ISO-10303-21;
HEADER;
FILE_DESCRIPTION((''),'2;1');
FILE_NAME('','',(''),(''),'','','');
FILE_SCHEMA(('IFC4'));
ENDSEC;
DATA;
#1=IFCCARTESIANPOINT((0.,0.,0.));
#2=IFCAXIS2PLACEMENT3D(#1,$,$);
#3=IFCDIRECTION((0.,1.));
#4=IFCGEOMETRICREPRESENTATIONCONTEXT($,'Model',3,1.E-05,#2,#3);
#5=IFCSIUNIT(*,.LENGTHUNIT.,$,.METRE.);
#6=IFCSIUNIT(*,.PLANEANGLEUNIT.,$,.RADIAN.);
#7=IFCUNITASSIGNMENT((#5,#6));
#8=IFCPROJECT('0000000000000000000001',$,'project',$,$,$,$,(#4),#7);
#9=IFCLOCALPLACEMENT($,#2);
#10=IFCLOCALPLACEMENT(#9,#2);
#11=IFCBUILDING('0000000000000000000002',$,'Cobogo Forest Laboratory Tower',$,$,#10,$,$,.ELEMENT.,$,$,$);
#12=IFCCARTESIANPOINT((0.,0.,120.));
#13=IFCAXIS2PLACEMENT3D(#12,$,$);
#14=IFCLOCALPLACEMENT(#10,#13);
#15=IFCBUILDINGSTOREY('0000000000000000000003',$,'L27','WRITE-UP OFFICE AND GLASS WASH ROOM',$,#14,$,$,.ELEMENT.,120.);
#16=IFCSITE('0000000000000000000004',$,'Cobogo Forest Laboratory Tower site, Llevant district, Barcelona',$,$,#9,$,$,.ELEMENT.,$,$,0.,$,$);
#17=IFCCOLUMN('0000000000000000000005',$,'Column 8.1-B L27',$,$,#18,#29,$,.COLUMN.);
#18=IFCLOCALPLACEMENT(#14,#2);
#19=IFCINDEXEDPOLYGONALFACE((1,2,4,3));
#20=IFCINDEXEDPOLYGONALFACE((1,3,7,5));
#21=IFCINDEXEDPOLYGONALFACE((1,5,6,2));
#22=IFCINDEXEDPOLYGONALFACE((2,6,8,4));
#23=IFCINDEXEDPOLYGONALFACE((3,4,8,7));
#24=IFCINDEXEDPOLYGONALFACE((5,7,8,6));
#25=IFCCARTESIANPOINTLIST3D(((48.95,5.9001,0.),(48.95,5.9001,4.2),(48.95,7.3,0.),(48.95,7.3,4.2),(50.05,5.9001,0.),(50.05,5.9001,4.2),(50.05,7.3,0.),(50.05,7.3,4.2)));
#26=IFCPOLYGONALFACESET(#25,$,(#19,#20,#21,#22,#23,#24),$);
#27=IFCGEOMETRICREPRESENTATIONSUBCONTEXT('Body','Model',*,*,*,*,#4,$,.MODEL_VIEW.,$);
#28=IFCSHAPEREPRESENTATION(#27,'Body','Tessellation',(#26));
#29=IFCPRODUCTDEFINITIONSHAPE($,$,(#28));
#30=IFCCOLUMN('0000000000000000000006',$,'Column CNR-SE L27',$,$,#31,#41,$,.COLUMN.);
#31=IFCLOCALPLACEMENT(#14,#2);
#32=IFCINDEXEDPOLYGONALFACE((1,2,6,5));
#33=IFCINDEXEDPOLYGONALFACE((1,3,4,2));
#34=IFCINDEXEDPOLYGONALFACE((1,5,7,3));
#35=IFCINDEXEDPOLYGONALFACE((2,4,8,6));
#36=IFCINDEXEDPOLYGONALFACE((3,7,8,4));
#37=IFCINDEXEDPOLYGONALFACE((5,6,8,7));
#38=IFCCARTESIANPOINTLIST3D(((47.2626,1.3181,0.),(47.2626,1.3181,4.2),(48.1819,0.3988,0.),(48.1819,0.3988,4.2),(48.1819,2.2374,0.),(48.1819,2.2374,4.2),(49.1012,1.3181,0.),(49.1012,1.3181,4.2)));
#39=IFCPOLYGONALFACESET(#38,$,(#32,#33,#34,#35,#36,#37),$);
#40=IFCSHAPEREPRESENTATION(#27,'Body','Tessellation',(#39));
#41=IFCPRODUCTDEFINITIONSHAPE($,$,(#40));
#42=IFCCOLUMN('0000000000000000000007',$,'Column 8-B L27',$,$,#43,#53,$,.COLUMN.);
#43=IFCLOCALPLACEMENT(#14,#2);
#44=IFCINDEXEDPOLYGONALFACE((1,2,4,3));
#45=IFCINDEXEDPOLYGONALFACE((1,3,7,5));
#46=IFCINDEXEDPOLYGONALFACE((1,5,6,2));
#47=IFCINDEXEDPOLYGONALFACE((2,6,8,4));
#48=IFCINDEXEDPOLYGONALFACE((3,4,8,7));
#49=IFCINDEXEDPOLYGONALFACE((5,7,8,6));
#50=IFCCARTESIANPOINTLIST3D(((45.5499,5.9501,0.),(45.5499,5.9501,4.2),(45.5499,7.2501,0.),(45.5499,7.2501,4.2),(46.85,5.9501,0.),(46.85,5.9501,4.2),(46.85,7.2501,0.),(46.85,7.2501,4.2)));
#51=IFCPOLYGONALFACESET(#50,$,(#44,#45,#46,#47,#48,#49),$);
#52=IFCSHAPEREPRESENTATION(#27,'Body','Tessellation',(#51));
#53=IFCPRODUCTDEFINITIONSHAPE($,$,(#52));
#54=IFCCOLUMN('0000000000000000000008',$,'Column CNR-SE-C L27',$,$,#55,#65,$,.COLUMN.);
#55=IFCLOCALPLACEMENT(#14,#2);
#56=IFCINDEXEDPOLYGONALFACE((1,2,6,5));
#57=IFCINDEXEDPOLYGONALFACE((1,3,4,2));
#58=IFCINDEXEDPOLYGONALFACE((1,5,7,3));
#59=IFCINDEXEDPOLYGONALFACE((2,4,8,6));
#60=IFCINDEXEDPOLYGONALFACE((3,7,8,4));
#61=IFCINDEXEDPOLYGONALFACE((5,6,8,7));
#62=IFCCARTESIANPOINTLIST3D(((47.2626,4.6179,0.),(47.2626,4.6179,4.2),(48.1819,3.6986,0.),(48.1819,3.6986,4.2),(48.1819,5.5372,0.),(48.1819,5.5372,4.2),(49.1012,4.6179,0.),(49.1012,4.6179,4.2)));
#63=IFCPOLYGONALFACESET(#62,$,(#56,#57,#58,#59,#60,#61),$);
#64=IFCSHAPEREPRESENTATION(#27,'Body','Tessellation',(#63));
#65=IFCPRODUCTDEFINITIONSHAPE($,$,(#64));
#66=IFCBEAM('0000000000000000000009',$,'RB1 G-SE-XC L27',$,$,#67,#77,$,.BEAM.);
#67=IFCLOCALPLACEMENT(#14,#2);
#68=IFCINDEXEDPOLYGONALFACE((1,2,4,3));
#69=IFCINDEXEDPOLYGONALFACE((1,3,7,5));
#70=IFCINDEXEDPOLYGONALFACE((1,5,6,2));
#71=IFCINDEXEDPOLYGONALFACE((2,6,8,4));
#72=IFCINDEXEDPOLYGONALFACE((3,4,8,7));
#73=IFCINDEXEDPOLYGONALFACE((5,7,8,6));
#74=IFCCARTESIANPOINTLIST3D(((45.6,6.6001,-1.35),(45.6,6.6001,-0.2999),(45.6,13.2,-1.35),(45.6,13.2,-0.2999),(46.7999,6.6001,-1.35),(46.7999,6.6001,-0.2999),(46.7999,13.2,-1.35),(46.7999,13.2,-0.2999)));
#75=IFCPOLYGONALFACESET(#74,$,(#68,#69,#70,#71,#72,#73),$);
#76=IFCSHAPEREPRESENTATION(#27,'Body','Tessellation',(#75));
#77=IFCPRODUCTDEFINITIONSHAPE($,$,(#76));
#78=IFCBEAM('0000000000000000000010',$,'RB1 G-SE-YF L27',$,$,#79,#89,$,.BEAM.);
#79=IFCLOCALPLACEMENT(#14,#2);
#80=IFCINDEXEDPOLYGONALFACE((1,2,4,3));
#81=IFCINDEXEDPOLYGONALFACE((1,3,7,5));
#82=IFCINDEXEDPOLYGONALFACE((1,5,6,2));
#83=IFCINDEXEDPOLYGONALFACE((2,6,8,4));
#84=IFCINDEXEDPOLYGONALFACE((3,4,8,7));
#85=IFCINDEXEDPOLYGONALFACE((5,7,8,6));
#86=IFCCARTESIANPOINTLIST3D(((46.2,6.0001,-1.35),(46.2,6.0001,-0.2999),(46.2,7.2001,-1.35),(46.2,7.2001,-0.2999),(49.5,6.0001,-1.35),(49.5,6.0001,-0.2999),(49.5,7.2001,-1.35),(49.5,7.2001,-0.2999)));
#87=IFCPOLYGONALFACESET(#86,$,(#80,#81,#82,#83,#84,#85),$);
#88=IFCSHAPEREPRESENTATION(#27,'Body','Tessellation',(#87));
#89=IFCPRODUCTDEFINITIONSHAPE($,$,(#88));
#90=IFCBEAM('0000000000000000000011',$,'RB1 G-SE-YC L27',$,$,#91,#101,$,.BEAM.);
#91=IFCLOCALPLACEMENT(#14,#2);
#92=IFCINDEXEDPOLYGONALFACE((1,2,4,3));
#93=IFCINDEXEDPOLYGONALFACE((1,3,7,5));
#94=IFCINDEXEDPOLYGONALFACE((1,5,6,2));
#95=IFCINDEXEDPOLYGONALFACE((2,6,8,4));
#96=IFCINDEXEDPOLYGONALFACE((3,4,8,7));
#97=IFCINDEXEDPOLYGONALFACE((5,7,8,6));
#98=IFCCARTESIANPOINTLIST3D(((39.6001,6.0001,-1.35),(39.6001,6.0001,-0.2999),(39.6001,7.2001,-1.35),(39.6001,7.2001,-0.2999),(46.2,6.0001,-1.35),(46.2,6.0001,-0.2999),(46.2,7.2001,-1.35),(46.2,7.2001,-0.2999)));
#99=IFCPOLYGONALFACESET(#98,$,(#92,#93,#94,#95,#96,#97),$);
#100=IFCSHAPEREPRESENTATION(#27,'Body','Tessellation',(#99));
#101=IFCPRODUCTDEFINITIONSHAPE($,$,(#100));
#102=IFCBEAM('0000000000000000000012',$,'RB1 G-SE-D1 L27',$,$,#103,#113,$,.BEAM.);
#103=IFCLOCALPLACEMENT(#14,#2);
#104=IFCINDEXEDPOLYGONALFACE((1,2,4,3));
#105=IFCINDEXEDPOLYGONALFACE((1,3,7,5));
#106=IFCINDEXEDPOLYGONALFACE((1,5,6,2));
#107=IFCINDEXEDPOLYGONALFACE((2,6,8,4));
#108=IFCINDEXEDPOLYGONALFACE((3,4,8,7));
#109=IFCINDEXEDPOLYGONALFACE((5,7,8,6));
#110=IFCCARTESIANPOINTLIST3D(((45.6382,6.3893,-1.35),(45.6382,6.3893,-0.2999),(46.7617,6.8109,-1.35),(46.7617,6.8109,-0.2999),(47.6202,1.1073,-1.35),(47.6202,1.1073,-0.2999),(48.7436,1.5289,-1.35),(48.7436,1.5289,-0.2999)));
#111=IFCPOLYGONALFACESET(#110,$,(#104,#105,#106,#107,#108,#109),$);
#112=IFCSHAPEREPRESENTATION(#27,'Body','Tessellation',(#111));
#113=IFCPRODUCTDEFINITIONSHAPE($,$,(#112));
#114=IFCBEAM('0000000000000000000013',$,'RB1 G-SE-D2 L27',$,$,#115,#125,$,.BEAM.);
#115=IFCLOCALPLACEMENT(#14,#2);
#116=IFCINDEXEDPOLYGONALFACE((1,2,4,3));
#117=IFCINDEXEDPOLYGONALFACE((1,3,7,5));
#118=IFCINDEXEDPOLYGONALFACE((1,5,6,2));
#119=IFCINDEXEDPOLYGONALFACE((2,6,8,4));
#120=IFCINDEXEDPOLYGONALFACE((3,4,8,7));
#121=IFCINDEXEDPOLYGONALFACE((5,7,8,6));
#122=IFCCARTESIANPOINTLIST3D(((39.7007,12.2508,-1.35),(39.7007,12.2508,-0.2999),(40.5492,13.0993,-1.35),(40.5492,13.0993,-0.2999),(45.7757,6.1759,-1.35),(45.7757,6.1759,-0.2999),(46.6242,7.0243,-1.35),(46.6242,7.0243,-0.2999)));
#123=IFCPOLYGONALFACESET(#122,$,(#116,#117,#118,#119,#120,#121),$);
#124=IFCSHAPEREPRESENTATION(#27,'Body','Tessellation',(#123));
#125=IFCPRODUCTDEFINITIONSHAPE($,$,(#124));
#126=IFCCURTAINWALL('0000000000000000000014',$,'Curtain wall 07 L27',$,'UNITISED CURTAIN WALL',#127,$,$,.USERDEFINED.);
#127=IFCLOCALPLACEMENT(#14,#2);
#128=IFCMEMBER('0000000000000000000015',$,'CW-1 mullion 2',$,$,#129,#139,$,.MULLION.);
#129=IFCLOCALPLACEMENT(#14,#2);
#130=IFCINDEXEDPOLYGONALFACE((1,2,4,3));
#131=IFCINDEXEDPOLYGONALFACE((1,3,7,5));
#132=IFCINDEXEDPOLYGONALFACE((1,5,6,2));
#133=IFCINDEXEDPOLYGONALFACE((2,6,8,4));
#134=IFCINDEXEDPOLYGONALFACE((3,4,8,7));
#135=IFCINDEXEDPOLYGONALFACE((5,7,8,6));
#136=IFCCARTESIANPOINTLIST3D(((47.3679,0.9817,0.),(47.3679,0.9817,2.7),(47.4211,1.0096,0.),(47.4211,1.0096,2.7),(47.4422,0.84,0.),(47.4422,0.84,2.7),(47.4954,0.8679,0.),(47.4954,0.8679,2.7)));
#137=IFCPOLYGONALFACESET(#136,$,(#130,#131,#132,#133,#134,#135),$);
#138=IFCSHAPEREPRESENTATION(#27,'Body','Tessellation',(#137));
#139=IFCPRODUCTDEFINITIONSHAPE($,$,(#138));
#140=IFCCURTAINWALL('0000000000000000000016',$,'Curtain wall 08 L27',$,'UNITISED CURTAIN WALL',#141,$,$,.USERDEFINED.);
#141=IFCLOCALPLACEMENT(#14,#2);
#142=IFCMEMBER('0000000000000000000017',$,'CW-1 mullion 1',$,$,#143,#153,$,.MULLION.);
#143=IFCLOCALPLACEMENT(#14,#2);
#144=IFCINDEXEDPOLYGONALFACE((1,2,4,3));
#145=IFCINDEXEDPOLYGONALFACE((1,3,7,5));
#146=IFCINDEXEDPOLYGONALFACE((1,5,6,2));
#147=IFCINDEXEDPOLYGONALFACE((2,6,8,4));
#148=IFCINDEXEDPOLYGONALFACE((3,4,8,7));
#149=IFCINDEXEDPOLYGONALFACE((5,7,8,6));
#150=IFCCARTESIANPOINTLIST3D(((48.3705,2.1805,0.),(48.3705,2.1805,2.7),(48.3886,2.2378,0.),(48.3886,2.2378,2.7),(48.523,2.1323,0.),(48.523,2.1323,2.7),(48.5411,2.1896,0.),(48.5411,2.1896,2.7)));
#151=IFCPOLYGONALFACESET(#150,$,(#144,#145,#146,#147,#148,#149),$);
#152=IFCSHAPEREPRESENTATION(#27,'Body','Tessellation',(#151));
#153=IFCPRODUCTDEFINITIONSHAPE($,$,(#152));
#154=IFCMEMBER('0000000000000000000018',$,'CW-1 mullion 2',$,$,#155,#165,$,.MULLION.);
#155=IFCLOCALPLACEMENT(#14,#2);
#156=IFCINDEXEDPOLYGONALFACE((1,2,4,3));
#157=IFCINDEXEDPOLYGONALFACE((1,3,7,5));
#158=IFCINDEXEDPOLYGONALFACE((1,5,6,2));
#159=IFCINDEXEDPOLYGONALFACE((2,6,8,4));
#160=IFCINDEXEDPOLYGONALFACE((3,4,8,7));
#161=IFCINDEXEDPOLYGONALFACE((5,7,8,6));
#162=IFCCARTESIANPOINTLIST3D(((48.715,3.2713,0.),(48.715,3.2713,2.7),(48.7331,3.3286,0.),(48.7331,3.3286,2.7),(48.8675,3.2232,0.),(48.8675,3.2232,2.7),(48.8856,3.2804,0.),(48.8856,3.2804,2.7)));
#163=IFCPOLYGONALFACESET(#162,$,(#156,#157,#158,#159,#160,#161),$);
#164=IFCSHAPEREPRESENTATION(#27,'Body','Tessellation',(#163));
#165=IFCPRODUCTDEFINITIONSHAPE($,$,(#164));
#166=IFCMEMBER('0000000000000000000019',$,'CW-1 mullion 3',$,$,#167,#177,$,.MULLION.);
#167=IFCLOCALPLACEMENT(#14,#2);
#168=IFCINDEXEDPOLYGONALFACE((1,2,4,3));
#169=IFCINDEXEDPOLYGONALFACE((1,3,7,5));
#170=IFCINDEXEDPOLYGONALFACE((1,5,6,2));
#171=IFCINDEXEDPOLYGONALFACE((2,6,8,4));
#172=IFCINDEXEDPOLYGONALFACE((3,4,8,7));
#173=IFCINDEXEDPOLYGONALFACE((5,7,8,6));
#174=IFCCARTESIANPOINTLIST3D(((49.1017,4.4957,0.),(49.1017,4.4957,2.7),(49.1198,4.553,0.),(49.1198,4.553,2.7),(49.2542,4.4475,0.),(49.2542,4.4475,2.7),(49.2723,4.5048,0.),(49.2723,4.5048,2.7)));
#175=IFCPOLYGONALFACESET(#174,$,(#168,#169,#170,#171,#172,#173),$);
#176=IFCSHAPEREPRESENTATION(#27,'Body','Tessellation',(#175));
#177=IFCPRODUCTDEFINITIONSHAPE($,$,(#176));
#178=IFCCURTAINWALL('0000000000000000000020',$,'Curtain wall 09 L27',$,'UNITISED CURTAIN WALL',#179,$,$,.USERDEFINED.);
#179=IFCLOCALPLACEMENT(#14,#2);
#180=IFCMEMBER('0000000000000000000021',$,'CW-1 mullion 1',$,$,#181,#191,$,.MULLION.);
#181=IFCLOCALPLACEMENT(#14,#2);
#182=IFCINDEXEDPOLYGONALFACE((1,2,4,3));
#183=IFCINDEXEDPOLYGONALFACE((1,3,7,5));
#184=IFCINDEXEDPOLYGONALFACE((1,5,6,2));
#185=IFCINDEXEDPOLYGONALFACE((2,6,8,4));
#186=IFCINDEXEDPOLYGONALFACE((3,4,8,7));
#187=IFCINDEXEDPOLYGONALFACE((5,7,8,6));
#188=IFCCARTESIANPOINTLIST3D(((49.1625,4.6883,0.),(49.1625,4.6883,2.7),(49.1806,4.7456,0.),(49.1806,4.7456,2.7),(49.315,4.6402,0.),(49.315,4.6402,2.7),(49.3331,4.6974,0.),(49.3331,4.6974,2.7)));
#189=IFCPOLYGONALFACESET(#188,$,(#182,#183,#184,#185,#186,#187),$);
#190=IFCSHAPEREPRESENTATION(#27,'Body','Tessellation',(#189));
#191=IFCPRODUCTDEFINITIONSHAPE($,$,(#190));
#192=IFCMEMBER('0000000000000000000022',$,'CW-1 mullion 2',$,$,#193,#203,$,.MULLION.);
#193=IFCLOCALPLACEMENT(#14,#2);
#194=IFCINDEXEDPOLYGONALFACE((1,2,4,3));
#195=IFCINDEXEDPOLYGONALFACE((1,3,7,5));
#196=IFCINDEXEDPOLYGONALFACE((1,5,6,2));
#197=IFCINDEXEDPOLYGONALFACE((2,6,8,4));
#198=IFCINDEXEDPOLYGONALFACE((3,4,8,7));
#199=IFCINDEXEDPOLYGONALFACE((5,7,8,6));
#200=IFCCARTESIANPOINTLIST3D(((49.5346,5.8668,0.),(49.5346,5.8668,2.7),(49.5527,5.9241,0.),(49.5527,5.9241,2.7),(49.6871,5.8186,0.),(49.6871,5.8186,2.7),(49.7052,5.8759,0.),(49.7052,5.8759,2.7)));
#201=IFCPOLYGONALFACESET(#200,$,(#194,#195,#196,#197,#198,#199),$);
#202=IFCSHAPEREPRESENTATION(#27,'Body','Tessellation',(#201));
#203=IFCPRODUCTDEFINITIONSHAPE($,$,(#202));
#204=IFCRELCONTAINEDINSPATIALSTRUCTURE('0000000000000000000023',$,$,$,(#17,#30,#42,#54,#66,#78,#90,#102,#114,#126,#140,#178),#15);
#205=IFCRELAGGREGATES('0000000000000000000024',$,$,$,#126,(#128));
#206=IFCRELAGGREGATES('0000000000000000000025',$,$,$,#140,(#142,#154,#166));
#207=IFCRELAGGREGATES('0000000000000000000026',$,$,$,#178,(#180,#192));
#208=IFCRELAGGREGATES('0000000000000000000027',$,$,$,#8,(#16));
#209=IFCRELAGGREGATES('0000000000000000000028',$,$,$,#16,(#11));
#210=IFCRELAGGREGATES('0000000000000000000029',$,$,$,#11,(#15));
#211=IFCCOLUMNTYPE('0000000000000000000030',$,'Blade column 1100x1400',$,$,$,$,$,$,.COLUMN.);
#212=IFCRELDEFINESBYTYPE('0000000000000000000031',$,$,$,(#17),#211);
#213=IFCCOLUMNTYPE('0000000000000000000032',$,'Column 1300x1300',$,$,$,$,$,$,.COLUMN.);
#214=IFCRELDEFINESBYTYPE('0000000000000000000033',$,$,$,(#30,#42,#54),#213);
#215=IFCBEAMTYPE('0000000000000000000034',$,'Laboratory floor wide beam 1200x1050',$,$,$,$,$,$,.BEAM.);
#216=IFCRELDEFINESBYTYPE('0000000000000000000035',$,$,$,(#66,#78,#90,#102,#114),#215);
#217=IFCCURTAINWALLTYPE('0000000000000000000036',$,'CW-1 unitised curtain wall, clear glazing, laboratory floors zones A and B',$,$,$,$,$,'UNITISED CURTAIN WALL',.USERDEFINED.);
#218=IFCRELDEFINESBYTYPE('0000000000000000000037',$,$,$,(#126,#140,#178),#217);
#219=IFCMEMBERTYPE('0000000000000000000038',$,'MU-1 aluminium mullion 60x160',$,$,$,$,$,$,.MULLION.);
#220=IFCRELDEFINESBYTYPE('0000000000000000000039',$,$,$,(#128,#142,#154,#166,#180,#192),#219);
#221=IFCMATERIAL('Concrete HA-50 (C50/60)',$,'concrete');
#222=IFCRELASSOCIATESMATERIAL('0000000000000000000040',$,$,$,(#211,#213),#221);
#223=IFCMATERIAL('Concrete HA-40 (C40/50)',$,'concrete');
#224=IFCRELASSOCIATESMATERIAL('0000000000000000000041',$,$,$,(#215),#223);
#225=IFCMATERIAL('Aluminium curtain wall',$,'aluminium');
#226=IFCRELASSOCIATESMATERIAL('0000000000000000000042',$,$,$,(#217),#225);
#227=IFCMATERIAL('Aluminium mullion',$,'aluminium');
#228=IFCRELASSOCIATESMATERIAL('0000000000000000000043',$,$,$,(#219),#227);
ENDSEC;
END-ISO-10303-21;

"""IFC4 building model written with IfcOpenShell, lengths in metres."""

from ifc_helpers import new_model, si_unit, direction, frame, origin, origin_2d, place, context, subcontext, project, spatial, rectangle, extrude, material, material_profile, profile_set, type_object, element, aggregate, save


model = new_model("IFC4")

# Units and contexts
model_context = context("Model", 3, precision=1e-05, world=origin(), true_north=direction((0.0, 1.0)))
body_context = subcontext(model_context, "Body", "Model", "MODEL_VIEW")
ifc_project = project(units=[si_unit("LENGTHUNIT", "METRE"), si_unit("PLANEANGLEUNIT", "RADIAN")], contexts=[model_context])

# Site, building, storey
site_placement = place(None, origin())
site = spatial("IfcSite", under=ifc_project, at=site_placement, Name="Cobogo Forest Laboratory Tower site, Llevant district, Barcelona", CompositionType="ELEMENT", RefElevation=0.0)
building_placement = place(site_placement, origin())
building = spatial("IfcBuilding", under=site, at=building_placement, Name="Cobogo Forest Laboratory Tower", CompositionType="ELEMENT")
storey_placement = place(building_placement, frame((0.0, 0.0, 120.0)))
storey = spatial("IfcBuildingStorey", under=building, at=storey_placement, Name="L27", Description="WRITE-UP OFFICE AND GLASS WASH ROOM", CompositionType="ELEMENT", Elevation=120.0)

# Columns
ifc_material_1 = material(Name="Concrete HA-50 (C50/60)", Category="concrete")
ifc_material_profile_1 = material_profile(ifc_material_1, rectangle(XDim=1.3999, YDim=1.1001, at=origin_2d()), Name="RC 1100x1400")
ifc_profile_set_1 = profile_set([ifc_material_profile_1], Name="Concrete HA-50 (C50/60)")
column_type_1 = type_object("IfcColumnType", Name="Blade column 1100x1400", PredefinedType="COLUMN", material=ifc_profile_set_1)
column_placement = place(storey_placement, frame((49.5, 6.6001, 0.0), z_axis=(0.0, 0.0, 1.0), x_axis=(0.0, 1.0, 0.0)))
element("IfcColumn", 1, at=column_placement, inside=storey, type_object=column_type_1, Name="Column 8.1-B L27", PredefinedType="COLUMN", context=body_context, shape_type="SweptSolid", body=[
    extrude(rectangle(XDim=1.3999, YDim=1.1001, at=origin_2d()), origin(), (0.0, 0.0, 1.0), 4.2),
])
ifc_material_profile_2 = material_profile(ifc_material_1, rectangle(XDim=1.3, YDim=1.3, at=origin_2d()), Name="RC 1300x1300")
ifc_profile_set_2 = profile_set([ifc_material_profile_2], Name="Concrete HA-50 (C50/60)")
column_type_2 = type_object("IfcColumnType", Name="Column 1300x1300", PredefinedType="COLUMN", material=ifc_profile_set_2)
for number, where, z_axis, x_axis, name in (
    (2, (48.1819, 1.3181, 0.0), (0.0, 0.0, 1.0), (0.707107, 0.707107, 0.0), "Column CNR-SE L27"),
    (3, (46.2, 6.6001, 0.0), (0.0, 0.0, 1.0), (1.0, 0.0, 0.0), "Column 8-B L27"),
    (4, (48.1819, 4.6179, 0.0), (0.0, 0.0, 1.0), (0.707107, 0.707107, 0.0), "Column CNR-SE-C L27"),
):
    element("IfcColumn", number, at=place(storey_placement, frame(where, z_axis=z_axis, x_axis=x_axis)), inside=storey, type_object=column_type_2, Name=name, PredefinedType="COLUMN", context=body_context, shape_type="SweptSolid", body=[
        extrude(rectangle(XDim=1.3, YDim=1.3, at=origin_2d()), origin(), (0.0, 0.0, 1.0), 4.2),
    ])

# Beams
ifc_material_2 = material(Name="Concrete HA-40 (C40/50)", Category="concrete")
ifc_material_profile_3 = material_profile(ifc_material_2, rectangle(XDim=1.2, YDim=1.05, at=origin_2d()), Name="RC 1200x1050")
ifc_profile_set_3 = profile_set([ifc_material_profile_3], Name="Concrete HA-40 (C40/50)")
beam_type_1 = type_object("IfcBeamType", Name="Laboratory floor wide beam 1200x1050", PredefinedType="BEAM", material=ifc_profile_set_3)
beam_1_placement = place(storey_placement, frame((46.2, 6.6001, -0.825), z_axis=(0.0, 1.0, 0.0), x_axis=(-1.0, 0.0, 0.0)))
element("IfcBeam", 5, at=beam_1_placement, inside=storey, type_object=beam_type_1, Name="RB1 G-SE-XC L27", PredefinedType="BEAM", context=body_context, shape_type="SweptSolid", body=[
    extrude(rectangle(XDim=1.2, YDim=1.05, at=origin_2d()), origin(), (0.0, 0.0, 1.0), 6.5999),
])
beam_2_placement = place(storey_placement, frame((49.5, 6.6001, -0.825), z_axis=(-1.0, 0.0, 0.0), x_axis=(0.0, -1.0, 0.0)))
element("IfcBeam", 6, at=beam_2_placement, inside=storey, type_object=beam_type_1, Name="RB1 G-SE-YF L27", PredefinedType="BEAM", context=body_context, shape_type="SweptSolid", body=[
    extrude(rectangle(XDim=1.2, YDim=1.05, at=origin_2d()), origin(), (0.0, 0.0, 1.0), 3.3),
])
beam_3_placement = place(storey_placement, frame((46.2, 6.6001, -0.825), z_axis=(-1.0, 0.0, 0.0), x_axis=(0.0, -1.0, 0.0)))
element("IfcBeam", 7, at=beam_3_placement, inside=storey, type_object=beam_type_1, Name="RB1 G-SE-YC L27", PredefinedType="BEAM", context=body_context, shape_type="SweptSolid", body=[
    extrude(rectangle(XDim=1.2, YDim=1.05, at=origin_2d()), origin(), (0.0, 0.0, 1.0), 6.5999),
])
beam_4_placement = place(storey_placement, frame((48.1819, 1.3181, -0.825), z_axis=(-0.351308, 0.93626, 0.0), x_axis=(-0.93626, -0.351308, 0.0)))
element("IfcBeam", 8, at=beam_4_placement, inside=storey, type_object=beam_type_1, Name="RB1 G-SE-D1 L27", PredefinedType="BEAM", context=body_context, shape_type="SweptSolid", body=[
    extrude(rectangle(XDim=1.2, YDim=1.05, at=origin_2d()), origin(), (0.0, 0.0, 1.0), 5.6416),
])
beam_5_placement = place(storey_placement, frame((46.2, 6.6001, -0.825), z_axis=(-0.707107, 0.707107, 0.0), x_axis=(-0.707107, -0.707107, 0.0)))
element("IfcBeam", 9, at=beam_5_placement, inside=storey, type_object=beam_type_1, Name="RB1 G-SE-D2 L27", PredefinedType="BEAM", context=body_context, shape_type="SweptSolid", body=[
    extrude(rectangle(XDim=1.2, YDim=1.05, at=origin_2d()), origin(), (0.0, 0.0, 1.0), 8.5913),
])

# Curtain wall, member
ifc_material_3 = material(Name="Aluminium curtain wall", Category="aluminium")
curtain_wall_type = type_object("IfcCurtainWallType", Name="CW-1 unitised curtain wall, clear glazing, laboratory floors zones A and B", ElementType="UNITISED CURTAIN WALL", PredefinedType="USERDEFINED", material=ifc_material_3)
curtain_wall_1_placement = place(storey_placement, origin())
curtain_wall_1 = element("IfcCurtainWall", 10, at=curtain_wall_1_placement, inside=storey, type_object=curtain_wall_type, Name="Curtain wall 07 L27", ObjectType="UNITISED CURTAIN WALL", PredefinedType="USERDEFINED")
ifc_material_4 = material(Name="Aluminium mullion", Category="aluminium")
ifc_material_profile_4 = material_profile(ifc_material_4, rectangle(XDim=0.0601, YDim=0.1599, at=origin_2d()), Name="AL 60x160")
ifc_profile_set_4 = profile_set([ifc_material_profile_4], Name="Aluminium mullion")
member_type_1 = type_object("IfcMemberType", Name="MU-1 aluminium mullion 60x160", PredefinedType="MULLION", material=ifc_profile_set_4)
member_1_placement = place(storey_placement, frame((47.4316, 0.9248, 0.0), z_axis=(0.0, 0.0, 1.0), x_axis=(0.885687, 0.464284, 0.0)))
member_1 = element("IfcMember", 11, at=member_1_placement, type_object=member_type_1, Name="CW-1 mullion 2", PredefinedType="MULLION", context=body_context, shape_type="SweptSolid", body=[
    extrude(rectangle(XDim=0.0601, YDim=0.1599, at=origin_2d()), origin(), (0.0, 0.0, 1.0), 2.7),
])

# Curtain walls, members
curtain_wall_2_placement = place(storey_placement, origin())
curtain_wall_2 = element("IfcCurtainWall", 12, at=curtain_wall_2_placement, inside=storey, type_object=curtain_wall_type, Name="Curtain wall 08 L27", ObjectType="UNITISED CURTAIN WALL", PredefinedType="USERDEFINED")
member_2_placement = place(storey_placement, frame((48.4558, 2.1851, 0.0), z_axis=(0.0, 0.0, 1.0), x_axis=(0.301135, 0.953581, 0.0)))
member_2 = element("IfcMember", 13, at=member_2_placement, type_object=member_type_1, Name="CW-1 mullion 1", PredefinedType="MULLION", context=body_context, shape_type="SweptSolid", body=[
    extrude(rectangle(XDim=0.0601, YDim=0.1599, at=origin_2d()), origin(), (0.0, 0.0, 1.0), 2.7),
])
member_3_placement = place(storey_placement, frame((48.8003, 3.2759, 0.0), z_axis=(0.0, 0.0, 1.0), x_axis=(0.301135, 0.953581, 0.0)))
member_3 = element("IfcMember", 14, at=member_3_placement, type_object=member_type_1, Name="CW-1 mullion 2", PredefinedType="MULLION", context=body_context, shape_type="SweptSolid", body=[
    extrude(rectangle(XDim=0.0601, YDim=0.1599, at=origin_2d()), origin(), (0.0, 0.0, 1.0), 2.7),
])
member_4_placement = place(storey_placement, frame((49.187, 4.5002, 0.0), z_axis=(0.0, 0.0, 1.0), x_axis=(0.301135, 0.953581, 0.0)))
member_4 = element("IfcMember", 15, at=member_4_placement, type_object=member_type_1, Name="CW-1 mullion 3", PredefinedType="MULLION", context=body_context, shape_type="SweptSolid", body=[
    extrude(rectangle(XDim=0.0601, YDim=0.1599, at=origin_2d()), origin(), (0.0, 0.0, 1.0), 2.7),
])
curtain_wall_3_placement = place(storey_placement, origin())
curtain_wall_3 = element("IfcCurtainWall", 16, at=curtain_wall_3_placement, inside=storey, type_object=curtain_wall_type, Name="Curtain wall 09 L27", ObjectType="UNITISED CURTAIN WALL", PredefinedType="USERDEFINED")
member_5_placement = place(storey_placement, frame((49.2478, 4.6929, 0.0), z_axis=(0.0, 0.0, 1.0), x_axis=(0.301135, 0.953581, 0.0)))
member_5 = element("IfcMember", 17, at=member_5_placement, type_object=member_type_1, Name="CW-1 mullion 1", PredefinedType="MULLION", context=body_context, shape_type="SweptSolid", body=[
    extrude(rectangle(XDim=0.0601, YDim=0.1599, at=origin_2d()), origin(), (0.0, 0.0, 1.0), 2.7),
])
member_6_placement = place(storey_placement, frame((49.6199, 5.8713, 0.0), z_axis=(0.0, 0.0, 1.0), x_axis=(0.301135, 0.953581, 0.0)))
member_6 = element("IfcMember", 18, at=member_6_placement, type_object=member_type_1, Name="CW-1 mullion 2", PredefinedType="MULLION", context=body_context, shape_type="SweptSolid", body=[
    extrude(rectangle(XDim=0.0601, YDim=0.1599, at=origin_2d()), origin(), (0.0, 0.0, 1.0), 2.7),
])

aggregate(curtain_wall_1, [member_1])
aggregate(curtain_wall_2, [member_2, member_3, member_4])
aggregate(curtain_wall_3, [member_5, member_6])

save(model, "model.ifc")
